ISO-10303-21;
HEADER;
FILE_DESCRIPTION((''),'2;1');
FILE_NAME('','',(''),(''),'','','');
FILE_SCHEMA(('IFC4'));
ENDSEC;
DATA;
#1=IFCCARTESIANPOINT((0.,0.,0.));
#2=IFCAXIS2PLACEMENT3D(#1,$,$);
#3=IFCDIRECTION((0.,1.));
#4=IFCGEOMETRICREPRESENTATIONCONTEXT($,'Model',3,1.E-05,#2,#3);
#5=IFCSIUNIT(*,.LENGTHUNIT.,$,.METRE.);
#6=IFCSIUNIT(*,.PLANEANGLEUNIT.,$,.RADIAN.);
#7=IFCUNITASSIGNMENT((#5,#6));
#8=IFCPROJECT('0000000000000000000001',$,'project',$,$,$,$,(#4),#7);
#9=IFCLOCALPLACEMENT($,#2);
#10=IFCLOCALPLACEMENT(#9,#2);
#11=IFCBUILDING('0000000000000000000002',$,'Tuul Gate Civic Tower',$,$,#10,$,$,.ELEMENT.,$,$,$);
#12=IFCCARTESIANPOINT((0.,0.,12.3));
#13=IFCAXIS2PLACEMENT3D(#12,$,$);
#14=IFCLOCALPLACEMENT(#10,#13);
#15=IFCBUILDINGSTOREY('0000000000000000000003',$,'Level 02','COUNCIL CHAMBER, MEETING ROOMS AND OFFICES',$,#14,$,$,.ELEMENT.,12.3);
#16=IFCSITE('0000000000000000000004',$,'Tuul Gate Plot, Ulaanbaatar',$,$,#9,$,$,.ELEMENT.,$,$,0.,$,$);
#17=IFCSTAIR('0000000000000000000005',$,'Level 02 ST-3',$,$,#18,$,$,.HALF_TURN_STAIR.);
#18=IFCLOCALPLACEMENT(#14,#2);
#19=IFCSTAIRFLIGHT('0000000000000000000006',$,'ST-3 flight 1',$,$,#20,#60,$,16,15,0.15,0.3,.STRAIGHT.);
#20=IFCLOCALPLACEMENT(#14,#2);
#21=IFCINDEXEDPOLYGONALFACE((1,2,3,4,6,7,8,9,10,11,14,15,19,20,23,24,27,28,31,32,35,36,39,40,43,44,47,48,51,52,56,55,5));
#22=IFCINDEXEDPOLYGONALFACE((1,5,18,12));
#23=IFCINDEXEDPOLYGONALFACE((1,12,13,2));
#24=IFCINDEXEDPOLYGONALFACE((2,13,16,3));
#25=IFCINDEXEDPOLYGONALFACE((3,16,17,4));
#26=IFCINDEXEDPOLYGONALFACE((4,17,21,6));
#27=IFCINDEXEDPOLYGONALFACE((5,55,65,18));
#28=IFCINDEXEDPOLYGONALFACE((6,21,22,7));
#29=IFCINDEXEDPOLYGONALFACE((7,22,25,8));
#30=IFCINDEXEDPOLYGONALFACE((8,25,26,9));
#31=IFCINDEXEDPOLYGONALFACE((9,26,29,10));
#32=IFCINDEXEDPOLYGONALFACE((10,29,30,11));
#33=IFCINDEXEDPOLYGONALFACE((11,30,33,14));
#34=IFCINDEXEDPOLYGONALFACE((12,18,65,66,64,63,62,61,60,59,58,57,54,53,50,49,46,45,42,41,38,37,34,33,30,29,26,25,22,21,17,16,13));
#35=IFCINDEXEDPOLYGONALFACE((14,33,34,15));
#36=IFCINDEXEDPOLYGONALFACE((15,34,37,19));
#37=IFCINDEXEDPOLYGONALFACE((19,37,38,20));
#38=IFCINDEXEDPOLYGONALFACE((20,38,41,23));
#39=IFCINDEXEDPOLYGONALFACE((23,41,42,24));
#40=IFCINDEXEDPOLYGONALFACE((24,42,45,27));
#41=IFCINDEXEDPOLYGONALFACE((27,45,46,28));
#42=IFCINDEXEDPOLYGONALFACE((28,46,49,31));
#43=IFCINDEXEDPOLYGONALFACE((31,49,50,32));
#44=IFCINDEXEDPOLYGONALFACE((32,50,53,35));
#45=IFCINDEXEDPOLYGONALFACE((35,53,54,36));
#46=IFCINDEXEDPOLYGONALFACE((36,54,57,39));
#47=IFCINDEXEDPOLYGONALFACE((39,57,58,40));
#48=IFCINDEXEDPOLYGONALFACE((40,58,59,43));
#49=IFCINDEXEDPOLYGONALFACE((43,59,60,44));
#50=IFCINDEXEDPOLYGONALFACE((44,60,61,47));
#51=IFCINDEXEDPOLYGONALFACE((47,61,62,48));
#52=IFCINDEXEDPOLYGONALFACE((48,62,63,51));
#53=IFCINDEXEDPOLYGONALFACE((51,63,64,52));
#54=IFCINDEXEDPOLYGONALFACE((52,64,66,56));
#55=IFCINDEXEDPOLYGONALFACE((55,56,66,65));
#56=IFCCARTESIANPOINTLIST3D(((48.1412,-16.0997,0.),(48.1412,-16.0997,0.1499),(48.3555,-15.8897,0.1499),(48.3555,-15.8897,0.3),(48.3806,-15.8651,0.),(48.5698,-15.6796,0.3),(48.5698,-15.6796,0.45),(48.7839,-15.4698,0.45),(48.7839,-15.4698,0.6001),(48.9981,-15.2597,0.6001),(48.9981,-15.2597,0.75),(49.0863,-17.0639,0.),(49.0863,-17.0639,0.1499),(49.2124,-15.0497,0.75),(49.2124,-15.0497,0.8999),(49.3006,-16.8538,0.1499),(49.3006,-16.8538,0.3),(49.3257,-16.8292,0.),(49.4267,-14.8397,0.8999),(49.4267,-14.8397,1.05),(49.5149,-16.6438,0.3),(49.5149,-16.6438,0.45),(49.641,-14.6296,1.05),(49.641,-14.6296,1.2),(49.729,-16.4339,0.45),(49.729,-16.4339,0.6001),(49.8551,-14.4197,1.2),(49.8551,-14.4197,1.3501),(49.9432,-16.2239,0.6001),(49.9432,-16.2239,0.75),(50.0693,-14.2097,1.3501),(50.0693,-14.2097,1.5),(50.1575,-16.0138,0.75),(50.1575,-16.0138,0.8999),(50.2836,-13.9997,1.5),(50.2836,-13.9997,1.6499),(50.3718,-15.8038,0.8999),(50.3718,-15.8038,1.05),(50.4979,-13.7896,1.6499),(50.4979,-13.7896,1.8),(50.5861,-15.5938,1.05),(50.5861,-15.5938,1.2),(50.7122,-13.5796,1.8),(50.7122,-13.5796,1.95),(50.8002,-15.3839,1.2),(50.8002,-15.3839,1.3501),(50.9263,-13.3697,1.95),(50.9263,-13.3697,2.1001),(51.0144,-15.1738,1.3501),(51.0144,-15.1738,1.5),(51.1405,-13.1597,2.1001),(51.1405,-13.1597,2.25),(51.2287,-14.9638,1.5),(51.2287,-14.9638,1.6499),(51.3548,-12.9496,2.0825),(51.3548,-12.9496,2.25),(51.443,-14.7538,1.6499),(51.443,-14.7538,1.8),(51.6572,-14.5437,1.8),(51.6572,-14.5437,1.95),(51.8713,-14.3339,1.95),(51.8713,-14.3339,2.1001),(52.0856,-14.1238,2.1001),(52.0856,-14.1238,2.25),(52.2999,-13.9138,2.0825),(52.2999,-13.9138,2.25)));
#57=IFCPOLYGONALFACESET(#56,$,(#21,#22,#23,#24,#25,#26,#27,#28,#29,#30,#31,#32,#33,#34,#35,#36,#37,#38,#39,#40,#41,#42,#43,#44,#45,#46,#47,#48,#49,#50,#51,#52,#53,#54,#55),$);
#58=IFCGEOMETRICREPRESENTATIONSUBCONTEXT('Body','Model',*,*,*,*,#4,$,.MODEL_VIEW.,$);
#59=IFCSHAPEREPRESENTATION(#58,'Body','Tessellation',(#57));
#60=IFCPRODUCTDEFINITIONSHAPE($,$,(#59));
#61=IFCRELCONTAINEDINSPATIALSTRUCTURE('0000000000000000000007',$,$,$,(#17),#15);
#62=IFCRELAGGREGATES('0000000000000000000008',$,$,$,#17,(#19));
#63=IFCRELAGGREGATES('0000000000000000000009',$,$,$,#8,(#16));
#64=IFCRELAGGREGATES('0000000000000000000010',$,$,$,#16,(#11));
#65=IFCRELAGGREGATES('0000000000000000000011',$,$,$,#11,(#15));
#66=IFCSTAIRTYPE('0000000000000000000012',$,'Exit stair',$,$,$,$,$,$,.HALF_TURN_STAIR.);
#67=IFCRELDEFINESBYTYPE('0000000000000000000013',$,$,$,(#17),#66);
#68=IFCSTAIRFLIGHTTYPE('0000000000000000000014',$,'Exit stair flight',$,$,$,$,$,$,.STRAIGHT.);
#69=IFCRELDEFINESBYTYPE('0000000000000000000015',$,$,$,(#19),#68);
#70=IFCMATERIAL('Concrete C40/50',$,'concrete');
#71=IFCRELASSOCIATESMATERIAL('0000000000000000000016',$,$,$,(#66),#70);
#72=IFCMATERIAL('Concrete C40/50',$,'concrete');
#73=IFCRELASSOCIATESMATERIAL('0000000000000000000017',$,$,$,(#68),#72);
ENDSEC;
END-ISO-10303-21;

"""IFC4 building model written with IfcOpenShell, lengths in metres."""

from ifc_helpers import new_model, si_unit, direction, frame, origin, place, context, subcontext, project, spatial, polyline, outline, extrude, material, type_object, element, aggregate, save


model = new_model("IFC4")

# Units and contexts
model_context = context("Model", 3, precision=1e-05, world=origin(), true_north=direction((0.0, 1.0)))
body_context = subcontext(model_context, "Body", "Model", "MODEL_VIEW")
ifc_project = project(units=[si_unit("LENGTHUNIT", "METRE"), si_unit("PLANEANGLEUNIT", "RADIAN")], contexts=[model_context])

# Site, building, storey
site_placement = place(None, origin())
site = spatial("IfcSite", under=ifc_project, at=site_placement, Name="Tuul Gate Plot, Ulaanbaatar", CompositionType="ELEMENT", RefElevation=0.0)
building_placement = place(site_placement, origin())
building = spatial("IfcBuilding", under=site, at=building_placement, Name="Tuul Gate Civic Tower", CompositionType="ELEMENT")
storey_placement = place(building_placement, frame((0.0, 0.0, 12.3)))
storey = spatial("IfcBuildingStorey", under=building, at=storey_placement, Name="Level 02", Description="COUNCIL CHAMBER, MEETING ROOMS AND OFFICES", CompositionType="ELEMENT", Elevation=12.3)

# Stair, stair flight
ifc_material_1 = material(Name="Concrete C40/50", Category="concrete")
stair_type = type_object("IfcStairType", Name="Exit stair", PredefinedType="HALF_TURN_STAIR", material=ifc_material_1)
stair_placement = place(storey_placement, origin())
stair = element("IfcStair", 1, at=stair_placement, inside=storey, type_object=stair_type, Name="Level 02 ST-3", PredefinedType="HALF_TURN_STAIR")
ifc_material_2 = material(Name="Concrete C40/50", Category="concrete")
stair_flight_type = type_object("IfcStairFlightType", Name="Exit stair flight", PredefinedType="STRAIGHT", material=ifc_material_2)
stair_flight_placement = place(storey_placement, frame((48.6138, -16.5818, 0.0), z_axis=(0.0, 0.0, 1.0), x_axis=(0.714127, 0.700016, 0.0)))
stair_flight = element("IfcStairFlight", 2, at=stair_flight_placement, type_object=stair_flight_type, Name="ST-3 flight 1", NumberOfRisers=16, NumberOfTreads=15, PredefinedType="STRAIGHT", RiserHeight=0.15, TreadLength=0.3, context=body_context, shape_type="SweptSolid", body=[
    extrude(outline(polyline([(0.0, 0.0), (0.0, 0.1499), (0.3, 0.1499), (0.3, 0.3), (0.6001, 0.3), (0.6001, 0.45), (0.8999, 0.45), (0.8999, 0.6001), (1.2, 0.6001), (1.2, 0.75), (1.5, 0.75), (1.5, 0.8999), (1.8, 0.8999), (1.8, 1.05), (2.1001, 1.05), (2.1001, 1.2), (2.3999, 1.2), (2.3999, 1.3501), (2.7, 1.3501), (2.7, 1.5), (3.0, 1.5), (3.0, 1.6499), (3.3, 1.6499), (3.3, 1.8), (3.6001, 1.8), (3.6001, 1.95), (3.8999, 1.95), (3.8999, 2.1001), (4.2, 2.1001), (4.2, 2.25), (4.5, 2.25), (4.5, 2.3999), (4.5, 2.0825), (0.3352, 0.0), (0.0, 0.0)])), frame((0.0, 0.675, 0.0), z_axis=(0.0, -1.0, 0.0), x_axis=(1.0, 0.0, 0.0)), (0.0, 0.0, 1.0), 1.3501),
])
aggregate(stair, [stair_flight])

save(model, "model.ifc")
